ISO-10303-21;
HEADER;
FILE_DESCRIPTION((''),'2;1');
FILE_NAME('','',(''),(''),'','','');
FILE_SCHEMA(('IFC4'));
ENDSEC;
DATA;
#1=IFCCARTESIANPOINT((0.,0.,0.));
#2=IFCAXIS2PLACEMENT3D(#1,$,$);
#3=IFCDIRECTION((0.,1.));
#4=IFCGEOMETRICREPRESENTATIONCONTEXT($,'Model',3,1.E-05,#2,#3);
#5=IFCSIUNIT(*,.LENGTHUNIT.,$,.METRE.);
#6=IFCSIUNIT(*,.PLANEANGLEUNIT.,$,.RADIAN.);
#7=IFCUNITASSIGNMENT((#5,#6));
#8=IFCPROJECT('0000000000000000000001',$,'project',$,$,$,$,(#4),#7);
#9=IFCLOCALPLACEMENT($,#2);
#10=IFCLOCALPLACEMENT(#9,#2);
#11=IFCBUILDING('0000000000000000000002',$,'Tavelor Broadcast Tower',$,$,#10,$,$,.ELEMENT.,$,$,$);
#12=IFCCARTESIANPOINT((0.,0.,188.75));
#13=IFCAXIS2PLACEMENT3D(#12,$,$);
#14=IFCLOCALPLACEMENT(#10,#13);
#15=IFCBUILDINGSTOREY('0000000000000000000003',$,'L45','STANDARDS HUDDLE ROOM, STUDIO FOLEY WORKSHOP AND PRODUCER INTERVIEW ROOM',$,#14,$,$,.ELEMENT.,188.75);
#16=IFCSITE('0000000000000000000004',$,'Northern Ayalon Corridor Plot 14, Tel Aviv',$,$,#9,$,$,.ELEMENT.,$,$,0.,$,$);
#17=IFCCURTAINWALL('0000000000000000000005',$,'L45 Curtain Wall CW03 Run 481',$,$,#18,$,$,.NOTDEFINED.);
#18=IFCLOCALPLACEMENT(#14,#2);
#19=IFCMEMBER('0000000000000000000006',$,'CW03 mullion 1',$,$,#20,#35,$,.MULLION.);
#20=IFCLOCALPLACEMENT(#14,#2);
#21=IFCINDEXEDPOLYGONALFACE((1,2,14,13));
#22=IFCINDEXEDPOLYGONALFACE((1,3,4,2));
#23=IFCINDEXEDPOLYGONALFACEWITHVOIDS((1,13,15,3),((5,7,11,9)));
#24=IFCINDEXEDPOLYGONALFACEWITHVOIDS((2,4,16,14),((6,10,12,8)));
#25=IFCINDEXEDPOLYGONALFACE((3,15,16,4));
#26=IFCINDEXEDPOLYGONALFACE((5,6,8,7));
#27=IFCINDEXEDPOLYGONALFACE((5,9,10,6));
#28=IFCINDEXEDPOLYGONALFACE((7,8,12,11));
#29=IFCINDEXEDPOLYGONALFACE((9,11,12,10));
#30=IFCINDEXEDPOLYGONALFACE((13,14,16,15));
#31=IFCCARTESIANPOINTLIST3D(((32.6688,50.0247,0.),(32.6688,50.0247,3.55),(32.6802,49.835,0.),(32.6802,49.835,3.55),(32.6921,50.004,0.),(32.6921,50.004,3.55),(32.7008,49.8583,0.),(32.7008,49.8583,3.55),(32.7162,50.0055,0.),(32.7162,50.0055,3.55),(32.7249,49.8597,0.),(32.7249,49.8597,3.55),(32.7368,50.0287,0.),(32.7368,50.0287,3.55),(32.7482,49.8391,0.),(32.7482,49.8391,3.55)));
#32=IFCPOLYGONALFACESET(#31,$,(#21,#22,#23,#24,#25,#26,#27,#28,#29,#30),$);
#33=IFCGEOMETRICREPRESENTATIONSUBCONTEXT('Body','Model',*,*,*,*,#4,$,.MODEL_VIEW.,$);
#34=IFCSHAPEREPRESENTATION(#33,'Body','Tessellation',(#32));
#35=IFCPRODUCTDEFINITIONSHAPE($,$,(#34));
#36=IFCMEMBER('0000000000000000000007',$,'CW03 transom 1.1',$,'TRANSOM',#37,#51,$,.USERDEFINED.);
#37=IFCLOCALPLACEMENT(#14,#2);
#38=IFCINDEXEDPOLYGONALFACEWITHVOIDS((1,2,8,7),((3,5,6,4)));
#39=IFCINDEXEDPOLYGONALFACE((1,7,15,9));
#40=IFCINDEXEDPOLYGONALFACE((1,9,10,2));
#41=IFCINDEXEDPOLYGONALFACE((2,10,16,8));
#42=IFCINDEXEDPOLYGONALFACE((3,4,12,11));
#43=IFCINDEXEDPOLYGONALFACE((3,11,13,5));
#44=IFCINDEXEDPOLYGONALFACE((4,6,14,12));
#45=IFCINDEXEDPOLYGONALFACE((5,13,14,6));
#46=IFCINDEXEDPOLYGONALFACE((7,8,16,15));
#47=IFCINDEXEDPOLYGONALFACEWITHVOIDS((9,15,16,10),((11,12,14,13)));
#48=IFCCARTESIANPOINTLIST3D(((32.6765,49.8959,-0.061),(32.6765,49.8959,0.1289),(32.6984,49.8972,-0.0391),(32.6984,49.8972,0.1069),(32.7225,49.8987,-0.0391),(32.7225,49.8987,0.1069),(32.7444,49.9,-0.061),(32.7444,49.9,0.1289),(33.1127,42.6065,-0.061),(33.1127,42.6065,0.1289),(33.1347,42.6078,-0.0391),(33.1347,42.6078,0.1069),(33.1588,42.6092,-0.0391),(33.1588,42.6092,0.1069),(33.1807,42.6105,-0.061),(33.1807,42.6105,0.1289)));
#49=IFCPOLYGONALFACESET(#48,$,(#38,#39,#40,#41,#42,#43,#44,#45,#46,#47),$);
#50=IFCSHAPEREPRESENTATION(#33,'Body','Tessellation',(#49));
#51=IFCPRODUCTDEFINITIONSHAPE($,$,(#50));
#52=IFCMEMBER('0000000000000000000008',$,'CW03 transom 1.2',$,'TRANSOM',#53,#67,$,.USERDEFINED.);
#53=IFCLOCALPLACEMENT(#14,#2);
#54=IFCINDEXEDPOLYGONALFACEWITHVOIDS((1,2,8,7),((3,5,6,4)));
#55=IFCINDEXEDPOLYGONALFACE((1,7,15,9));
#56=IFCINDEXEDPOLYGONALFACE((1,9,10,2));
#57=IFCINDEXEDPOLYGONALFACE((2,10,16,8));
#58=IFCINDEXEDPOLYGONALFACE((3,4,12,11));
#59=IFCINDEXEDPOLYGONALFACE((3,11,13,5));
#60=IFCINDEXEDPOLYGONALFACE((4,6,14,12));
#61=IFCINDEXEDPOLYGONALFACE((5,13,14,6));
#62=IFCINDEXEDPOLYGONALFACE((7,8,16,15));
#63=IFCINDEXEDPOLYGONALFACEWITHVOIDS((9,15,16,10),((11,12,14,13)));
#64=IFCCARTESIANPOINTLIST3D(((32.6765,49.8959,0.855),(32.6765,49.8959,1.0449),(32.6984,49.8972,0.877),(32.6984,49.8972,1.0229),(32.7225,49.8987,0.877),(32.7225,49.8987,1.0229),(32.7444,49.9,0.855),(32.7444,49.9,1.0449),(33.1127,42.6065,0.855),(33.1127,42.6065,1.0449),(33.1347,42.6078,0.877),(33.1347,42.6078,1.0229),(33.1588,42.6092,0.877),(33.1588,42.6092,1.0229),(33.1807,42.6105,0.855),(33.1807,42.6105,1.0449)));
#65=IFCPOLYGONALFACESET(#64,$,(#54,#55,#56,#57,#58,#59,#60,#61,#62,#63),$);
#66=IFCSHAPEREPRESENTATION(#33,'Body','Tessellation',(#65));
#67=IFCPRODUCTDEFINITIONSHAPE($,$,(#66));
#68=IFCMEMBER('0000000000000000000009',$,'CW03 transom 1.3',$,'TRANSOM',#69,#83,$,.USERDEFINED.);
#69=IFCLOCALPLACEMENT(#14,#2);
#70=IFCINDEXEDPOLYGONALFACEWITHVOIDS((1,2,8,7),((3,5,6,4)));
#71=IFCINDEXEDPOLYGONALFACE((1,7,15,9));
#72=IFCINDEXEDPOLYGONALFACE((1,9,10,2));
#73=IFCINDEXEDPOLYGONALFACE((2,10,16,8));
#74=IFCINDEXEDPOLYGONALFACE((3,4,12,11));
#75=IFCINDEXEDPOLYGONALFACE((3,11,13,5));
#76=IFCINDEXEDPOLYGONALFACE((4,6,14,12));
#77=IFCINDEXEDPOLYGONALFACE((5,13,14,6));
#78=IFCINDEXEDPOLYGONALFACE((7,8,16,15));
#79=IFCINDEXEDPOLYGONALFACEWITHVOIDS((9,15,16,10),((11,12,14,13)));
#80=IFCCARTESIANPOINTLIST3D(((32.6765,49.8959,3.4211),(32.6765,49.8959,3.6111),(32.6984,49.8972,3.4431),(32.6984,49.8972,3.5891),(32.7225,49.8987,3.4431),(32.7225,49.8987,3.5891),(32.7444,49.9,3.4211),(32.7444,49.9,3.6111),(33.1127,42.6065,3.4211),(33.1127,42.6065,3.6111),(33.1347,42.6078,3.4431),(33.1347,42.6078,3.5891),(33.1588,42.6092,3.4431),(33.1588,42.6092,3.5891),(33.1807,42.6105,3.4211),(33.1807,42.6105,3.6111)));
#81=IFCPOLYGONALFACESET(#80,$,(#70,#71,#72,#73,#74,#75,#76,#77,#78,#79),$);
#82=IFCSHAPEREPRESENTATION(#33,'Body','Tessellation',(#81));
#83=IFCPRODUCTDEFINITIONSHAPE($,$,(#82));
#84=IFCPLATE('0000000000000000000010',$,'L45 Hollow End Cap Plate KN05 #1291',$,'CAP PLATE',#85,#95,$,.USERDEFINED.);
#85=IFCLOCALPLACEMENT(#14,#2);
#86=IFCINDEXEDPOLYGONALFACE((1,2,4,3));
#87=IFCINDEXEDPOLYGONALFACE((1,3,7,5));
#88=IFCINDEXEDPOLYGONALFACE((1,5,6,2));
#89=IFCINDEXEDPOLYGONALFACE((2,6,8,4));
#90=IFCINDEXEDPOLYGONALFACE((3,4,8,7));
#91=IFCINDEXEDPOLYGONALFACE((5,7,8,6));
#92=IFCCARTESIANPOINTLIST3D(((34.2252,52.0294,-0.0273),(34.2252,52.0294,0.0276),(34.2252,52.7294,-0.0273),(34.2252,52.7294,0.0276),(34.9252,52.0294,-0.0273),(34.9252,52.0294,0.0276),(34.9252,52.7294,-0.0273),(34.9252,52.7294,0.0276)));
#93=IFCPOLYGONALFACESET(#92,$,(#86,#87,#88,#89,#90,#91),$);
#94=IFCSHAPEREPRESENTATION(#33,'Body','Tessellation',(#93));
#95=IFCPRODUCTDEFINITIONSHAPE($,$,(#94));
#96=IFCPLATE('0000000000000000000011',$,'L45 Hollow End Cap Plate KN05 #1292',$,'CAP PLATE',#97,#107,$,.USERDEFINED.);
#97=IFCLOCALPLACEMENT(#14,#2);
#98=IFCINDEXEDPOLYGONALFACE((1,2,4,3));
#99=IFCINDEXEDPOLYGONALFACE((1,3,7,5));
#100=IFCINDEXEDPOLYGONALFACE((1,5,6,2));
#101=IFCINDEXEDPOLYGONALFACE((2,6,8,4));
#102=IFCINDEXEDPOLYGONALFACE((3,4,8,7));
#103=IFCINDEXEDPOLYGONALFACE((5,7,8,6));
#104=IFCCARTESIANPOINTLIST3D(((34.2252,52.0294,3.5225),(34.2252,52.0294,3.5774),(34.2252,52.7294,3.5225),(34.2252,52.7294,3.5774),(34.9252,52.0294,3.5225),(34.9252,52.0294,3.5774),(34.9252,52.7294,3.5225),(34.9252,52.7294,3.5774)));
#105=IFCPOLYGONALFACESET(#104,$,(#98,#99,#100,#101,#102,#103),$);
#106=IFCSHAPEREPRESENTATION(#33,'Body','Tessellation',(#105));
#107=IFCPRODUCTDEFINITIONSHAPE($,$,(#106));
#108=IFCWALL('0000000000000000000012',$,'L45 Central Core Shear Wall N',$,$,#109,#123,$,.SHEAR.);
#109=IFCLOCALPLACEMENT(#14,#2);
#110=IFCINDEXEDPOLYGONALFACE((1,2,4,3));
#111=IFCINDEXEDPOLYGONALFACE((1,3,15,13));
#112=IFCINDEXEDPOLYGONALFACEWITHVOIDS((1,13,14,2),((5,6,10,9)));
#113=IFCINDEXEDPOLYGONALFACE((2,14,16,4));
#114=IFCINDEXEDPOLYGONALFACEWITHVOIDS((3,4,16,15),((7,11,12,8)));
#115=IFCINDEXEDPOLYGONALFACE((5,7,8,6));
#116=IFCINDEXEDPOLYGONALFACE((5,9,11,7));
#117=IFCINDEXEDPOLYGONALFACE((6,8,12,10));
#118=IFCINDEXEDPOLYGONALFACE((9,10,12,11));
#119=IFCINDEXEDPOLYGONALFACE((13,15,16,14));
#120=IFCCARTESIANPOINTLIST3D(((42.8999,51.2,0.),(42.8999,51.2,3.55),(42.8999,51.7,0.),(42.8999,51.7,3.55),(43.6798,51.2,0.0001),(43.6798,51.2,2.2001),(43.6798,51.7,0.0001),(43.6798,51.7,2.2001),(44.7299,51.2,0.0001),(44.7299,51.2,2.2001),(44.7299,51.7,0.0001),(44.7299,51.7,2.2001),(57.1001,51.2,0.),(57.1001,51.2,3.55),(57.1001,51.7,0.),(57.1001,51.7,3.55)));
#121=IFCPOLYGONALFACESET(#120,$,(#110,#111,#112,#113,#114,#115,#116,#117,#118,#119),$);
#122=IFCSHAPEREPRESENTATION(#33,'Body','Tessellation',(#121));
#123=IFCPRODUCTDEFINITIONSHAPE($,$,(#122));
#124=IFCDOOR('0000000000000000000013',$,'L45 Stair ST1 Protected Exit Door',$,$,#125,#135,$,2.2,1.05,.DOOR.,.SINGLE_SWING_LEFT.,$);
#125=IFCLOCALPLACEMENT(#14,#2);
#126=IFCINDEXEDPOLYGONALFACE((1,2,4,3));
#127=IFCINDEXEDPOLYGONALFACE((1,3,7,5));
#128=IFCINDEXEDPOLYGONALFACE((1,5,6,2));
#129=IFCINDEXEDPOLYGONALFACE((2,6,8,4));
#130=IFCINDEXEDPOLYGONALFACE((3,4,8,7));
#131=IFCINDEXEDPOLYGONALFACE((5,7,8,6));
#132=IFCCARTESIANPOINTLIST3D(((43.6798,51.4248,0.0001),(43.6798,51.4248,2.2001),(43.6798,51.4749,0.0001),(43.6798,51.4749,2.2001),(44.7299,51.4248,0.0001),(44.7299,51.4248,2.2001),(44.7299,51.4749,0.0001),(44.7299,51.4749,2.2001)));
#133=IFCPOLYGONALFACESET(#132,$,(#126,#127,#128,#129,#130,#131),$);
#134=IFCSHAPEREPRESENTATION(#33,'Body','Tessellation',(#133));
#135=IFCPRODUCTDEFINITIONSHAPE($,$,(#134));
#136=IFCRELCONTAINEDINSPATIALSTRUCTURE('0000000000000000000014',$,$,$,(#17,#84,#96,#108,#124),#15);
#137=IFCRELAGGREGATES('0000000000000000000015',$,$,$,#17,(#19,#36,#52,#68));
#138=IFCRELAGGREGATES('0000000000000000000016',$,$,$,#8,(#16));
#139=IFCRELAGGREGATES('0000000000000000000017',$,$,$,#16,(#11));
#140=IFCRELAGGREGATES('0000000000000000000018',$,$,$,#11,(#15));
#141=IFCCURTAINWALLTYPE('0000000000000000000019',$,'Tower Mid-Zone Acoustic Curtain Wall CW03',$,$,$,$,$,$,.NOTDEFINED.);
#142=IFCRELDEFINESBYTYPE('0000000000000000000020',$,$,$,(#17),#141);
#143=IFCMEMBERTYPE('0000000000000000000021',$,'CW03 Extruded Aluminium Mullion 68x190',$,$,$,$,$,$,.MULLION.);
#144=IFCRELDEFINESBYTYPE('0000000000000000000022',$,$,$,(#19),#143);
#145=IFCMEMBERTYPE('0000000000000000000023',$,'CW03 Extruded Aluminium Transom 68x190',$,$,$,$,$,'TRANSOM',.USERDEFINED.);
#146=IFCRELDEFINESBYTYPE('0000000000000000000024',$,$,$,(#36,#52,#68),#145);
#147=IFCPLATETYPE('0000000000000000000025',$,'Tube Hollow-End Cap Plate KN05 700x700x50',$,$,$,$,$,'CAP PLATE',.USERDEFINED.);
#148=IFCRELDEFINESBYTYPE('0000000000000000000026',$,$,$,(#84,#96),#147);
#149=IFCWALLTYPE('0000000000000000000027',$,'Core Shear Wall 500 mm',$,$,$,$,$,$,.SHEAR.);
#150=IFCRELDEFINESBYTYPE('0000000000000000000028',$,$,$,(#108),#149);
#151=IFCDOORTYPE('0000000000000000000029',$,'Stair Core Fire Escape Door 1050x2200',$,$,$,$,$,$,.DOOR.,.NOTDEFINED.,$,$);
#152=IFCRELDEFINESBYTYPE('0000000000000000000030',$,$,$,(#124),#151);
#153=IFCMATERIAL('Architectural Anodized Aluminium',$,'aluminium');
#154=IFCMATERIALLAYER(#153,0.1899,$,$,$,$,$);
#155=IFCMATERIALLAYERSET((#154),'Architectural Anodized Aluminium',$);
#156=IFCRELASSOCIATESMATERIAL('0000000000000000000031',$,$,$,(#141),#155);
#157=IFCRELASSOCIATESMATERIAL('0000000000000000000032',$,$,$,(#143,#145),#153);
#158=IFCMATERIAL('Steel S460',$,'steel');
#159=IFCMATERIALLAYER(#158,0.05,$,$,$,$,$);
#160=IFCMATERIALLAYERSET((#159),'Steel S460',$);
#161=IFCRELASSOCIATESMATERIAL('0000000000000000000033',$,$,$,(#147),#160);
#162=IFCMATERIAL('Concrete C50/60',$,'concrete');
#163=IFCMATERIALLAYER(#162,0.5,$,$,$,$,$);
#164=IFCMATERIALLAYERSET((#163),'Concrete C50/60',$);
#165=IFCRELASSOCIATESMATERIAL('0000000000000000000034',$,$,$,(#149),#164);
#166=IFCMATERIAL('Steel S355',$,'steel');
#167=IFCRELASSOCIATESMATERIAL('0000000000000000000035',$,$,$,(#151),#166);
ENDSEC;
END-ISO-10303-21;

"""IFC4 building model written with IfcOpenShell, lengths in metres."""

from ifc_helpers import new_model, si_unit, direction, frame, frame_2d, origin, origin_2d, place, context, subcontext, project, spatial, rectangle, hollow_rectangle, extrude, source, transform, mapped, material, layer, layer_set, material_profile, profile_set, type_object, type_shapes, element, fill, aggregate, save


model = new_model("IFC4")

# Units and contexts
model_context = context("Model", 3, precision=1e-05, world=origin(), true_north=direction((0.0, 1.0)))
body_context = subcontext(model_context, "Body", "Model", "MODEL_VIEW")
ifc_project = project(units=[si_unit("LENGTHUNIT", "METRE"), si_unit("PLANEANGLEUNIT", "RADIAN")], contexts=[model_context])

# Site, building, storey
site_placement = place(None, origin())
site = spatial("IfcSite", under=ifc_project, at=site_placement, Name="Northern Ayalon Corridor Plot 14, Tel Aviv", CompositionType="ELEMENT", RefElevation=0.0)
building_placement = place(site_placement, origin())
building = spatial("IfcBuilding", under=site, at=building_placement, Name="Tavelor Broadcast Tower", CompositionType="ELEMENT")
storey_placement = place(building_placement, frame((0.0, 0.0, 188.75)))
storey = spatial("IfcBuildingStorey", under=building, at=storey_placement, Name="L45", Description="STANDARDS HUDDLE ROOM, STUDIO FOLEY WORKSHOP AND PRODUCER INTERVIEW ROOM", CompositionType="ELEMENT", Elevation=188.75)

# Shared definitions
ifc_material_1 = material(Name="Concrete C50/60", Category="concrete")
ifc_material_2 = material(Name="Steel S460", Category="steel")

# Shared definitions
ifc_material_3 = material(Name="Steel S355", Category="steel")

# Curtain wall, members
ifc_material_4 = material(Name="Architectural Anodized Aluminium", Category="aluminium")
ifc_layer_1 = layer(ifc_material_4, 0.1899)
ifc_layer_set_1 = layer_set([ifc_layer_1], Name="Architectural Anodized Aluminium")
curtain_wall_type = type_object("IfcCurtainWallType", Name="Tower Mid-Zone Acoustic Curtain Wall CW03", PredefinedType="NOTDEFINED", material=ifc_layer_set_1)
curtain_wall_placement = place(storey_placement, origin())
curtain_wall = element("IfcCurtainWall", 1, at=curtain_wall_placement, inside=storey, type_object=curtain_wall_type, Name="L45 Curtain Wall CW03 Run 481", PredefinedType="NOTDEFINED")
ifc_material_profile_1 = material_profile(ifc_material_4, hollow_rectangle(XDim=0.0681, YDim=0.1899, WallThickness=0.022, at=origin_2d()), Name="RHS 68x190x22")
ifc_profile_set_1 = profile_set([ifc_material_profile_1], Name="Architectural Anodized Aluminium")
member_type_1 = type_object("IfcMemberType", Name="CW03 Extruded Aluminium Mullion 68x190", PredefinedType="MULLION", material=ifc_profile_set_1)
shared_shape_1 = source(origin(), body_context, "Body", "SweptSolid", [
    extrude(hollow_rectangle(XDim=0.0681, YDim=0.1899, WallThickness=0.022, at=origin_2d()), origin(), (0.0, 0.0, 1.0), 3.55),
])
type_shapes(member_type_1, [shared_shape_1])
member_1_placement = place(storey_placement, frame((32.7085, 49.9319, 0.0), z_axis=(0.0, 0.0, 1.0), x_axis=(0.998215, 0.059715, 0.0)))
member_1 = element("IfcMember", 2, at=member_1_placement, type_object=member_type_1, Name="CW03 mullion 1", PredefinedType="MULLION", context=body_context, shape_type="MappedRepresentation", body=[
    mapped(shared_shape_1, transform((0.0, 0.0, 0.0), scale=1.0)),
])
ifc_material_profile_2 = material_profile(ifc_material_4, hollow_rectangle(XDim=0.0681, YDim=0.1899, WallThickness=0.022, at=origin_2d()), Name="RHS 68x190x22")
ifc_profile_set_2 = profile_set([ifc_material_profile_2], Name="Architectural Anodized Aluminium")
member_type_2 = type_object("IfcMemberType", Name="CW03 Extruded Aluminium Transom 68x190", ElementType="TRANSOM", PredefinedType="USERDEFINED", material=ifc_profile_set_2)
shared_shape_2 = source(origin(), body_context, "Body", "SweptSolid", [
    extrude(hollow_rectangle(XDim=0.0681, YDim=0.1899, WallThickness=0.022, at=origin_2d()), origin(), (0.0, 0.0, 1.0), 7.3025),
])
type_shapes(member_type_2, [shared_shape_2])
member_2_placement = place(storey_placement, frame((32.7104, 49.8979, 0.0339), z_axis=(0.059743, -0.998214, 0.0), x_axis=(0.998214, 0.059743, 0.0)))
member_2 = element("IfcMember", 3, at=member_2_placement, type_object=member_type_2, Name="CW03 transom 1.1", ObjectType="TRANSOM", PredefinedType="USERDEFINED", context=body_context, shape_type="MappedRepresentation", body=[
    mapped(shared_shape_2, transform((0.0, 0.0, 0.0), scale=1.0)),
])
member_3_placement = place(storey_placement, frame((32.7104, 49.8979, 0.95), z_axis=(0.059743, -0.998214, 0.0), x_axis=(0.998214, 0.059743, 0.0)))
member_3 = element("IfcMember", 4, at=member_3_placement, type_object=member_type_2, Name="CW03 transom 1.2", ObjectType="TRANSOM", PredefinedType="USERDEFINED", context=body_context, shape_type="MappedRepresentation", body=[
    mapped(shared_shape_2, transform((0.0, 0.0, 0.0), scale=1.0)),
])
member_4_placement = place(storey_placement, frame((32.7104, 49.8979, 3.5161), z_axis=(0.059743, -0.998214, 0.0), x_axis=(0.998214, 0.059743, 0.0)))
member_4 = element("IfcMember", 5, at=member_4_placement, type_object=member_type_2, Name="CW03 transom 1.3", ObjectType="TRANSOM", PredefinedType="USERDEFINED", context=body_context, shape_type="MappedRepresentation", body=[
    mapped(shared_shape_2, transform((0.0, 0.0, 0.0), scale=1.0)),
])
aggregate(curtain_wall, [member_1, member_2, member_3, member_4])

# Plates
ifc_layer_2 = layer(ifc_material_2, 0.05)
ifc_layer_set_2 = layer_set([ifc_layer_2], Name="Steel S460")
plate_type = type_object("IfcPlateType", Name="Tube Hollow-End Cap Plate KN05 700x700x50", ElementType="CAP PLATE", PredefinedType="USERDEFINED", material=ifc_layer_set_2)
shared_shape_3 = source(origin(), body_context, "Body", "SweptSolid", [
    extrude(rectangle(XDim=0.7, YDim=0.7, at=origin_2d()), origin(), (0.0, 0.0, 1.0), 0.0549),
])
type_shapes(plate_type, [shared_shape_3])
for number, where, z_axis, x_axis, name in (
    (6, (34.5752, 52.3794, -0.0273), (0.0, 0.0, 1.0), (1.0, 0.0, 0.0), "L45 Hollow End Cap Plate KN05 #1291"),
    (7, (34.5752, 52.3794, 3.5225), (0.0, 0.0, 1.0), (1.0, 0.0, 0.0), "L45 Hollow End Cap Plate KN05 #1292"),
):
    element("IfcPlate", number, at=place(storey_placement, frame(where, z_axis=z_axis, x_axis=x_axis)), inside=storey, type_object=plate_type, Name=name, ObjectType="CAP PLATE", PredefinedType="USERDEFINED", context=body_context, shape_type="MappedRepresentation", body=[
        mapped(shared_shape_3, transform((0.0, 0.0, 0.0), scale=1.0)),
    ])

# Wall, opening, door
ifc_layer_3 = layer(ifc_material_1, 0.5)
ifc_layer_set_3 = layer_set([ifc_layer_3], Name="Concrete C50/60")
wall_type_1 = type_object("IfcWallType", Name="Core Shear Wall 500 mm", PredefinedType="SHEAR", material=ifc_layer_set_3)
wall_1_placement = place(storey_placement, frame((42.8999, 51.45, 0.0), z_axis=(0.0, 0.0, 1.0), x_axis=(1.0, 0.0, 0.0)))
wall_1 = element("IfcWall", 8, at=wall_1_placement, inside=storey, type_object=wall_type_1, Name="L45 Central Core Shear Wall N", PredefinedType="SHEAR", context=body_context, shape_type="SweptSolid", body=[
    extrude(rectangle(XDim=14.2002, YDim=0.5, at=frame_2d((7.1001, 0.0))), origin(), (0.0, 0.0, 1.0), 3.55),
])
opening_1_placement = place(wall_1_placement, frame((0.78, 0.0, 0.0)))
opening_1 = element("IfcOpeningElement", 9, at=opening_1_placement, cuts=wall_1, PredefinedType="OPENING", context=body_context, shape_type="SweptSolid", body=[
    extrude(rectangle(XDim=1.05, YDim=2.2, at=frame_2d((0.5249, 1.1001))), frame((0.0, 0.26, 0.0), z_axis=(0.0, -1.0, 0.0), x_axis=(1.0, 0.0, 0.0)), (0.0, 0.0, 1.0), 0.52),
])
door_type_1 = type_object("IfcDoorType", Name="Stair Core Fire Escape Door 1050x2200", OperationType="NOTDEFINED", PredefinedType="DOOR", material=ifc_material_3)
door_1_placement = place(opening_1_placement, origin())
door_1 = element("IfcDoor", 10, at=door_1_placement, inside=storey, type_object=door_type_1, Name="L45 Stair ST1 Protected Exit Door", OperationType="SINGLE_SWING_LEFT", OverallHeight=2.2, OverallWidth=1.05, PredefinedType="DOOR", context=body_context, shape_type="SweptSolid", body=[
    extrude(rectangle(XDim=1.05, YDim=2.2, at=frame_2d((0.5249, 1.1001))), frame((0.0, 0.0249, 0.0), z_axis=(0.0, -1.0, 0.0), x_axis=(1.0, 0.0, 0.0)), (0.0, 0.0, 1.0), 0.05),
])
fill(opening_1, door_1)

save(model, "model.ifc")
